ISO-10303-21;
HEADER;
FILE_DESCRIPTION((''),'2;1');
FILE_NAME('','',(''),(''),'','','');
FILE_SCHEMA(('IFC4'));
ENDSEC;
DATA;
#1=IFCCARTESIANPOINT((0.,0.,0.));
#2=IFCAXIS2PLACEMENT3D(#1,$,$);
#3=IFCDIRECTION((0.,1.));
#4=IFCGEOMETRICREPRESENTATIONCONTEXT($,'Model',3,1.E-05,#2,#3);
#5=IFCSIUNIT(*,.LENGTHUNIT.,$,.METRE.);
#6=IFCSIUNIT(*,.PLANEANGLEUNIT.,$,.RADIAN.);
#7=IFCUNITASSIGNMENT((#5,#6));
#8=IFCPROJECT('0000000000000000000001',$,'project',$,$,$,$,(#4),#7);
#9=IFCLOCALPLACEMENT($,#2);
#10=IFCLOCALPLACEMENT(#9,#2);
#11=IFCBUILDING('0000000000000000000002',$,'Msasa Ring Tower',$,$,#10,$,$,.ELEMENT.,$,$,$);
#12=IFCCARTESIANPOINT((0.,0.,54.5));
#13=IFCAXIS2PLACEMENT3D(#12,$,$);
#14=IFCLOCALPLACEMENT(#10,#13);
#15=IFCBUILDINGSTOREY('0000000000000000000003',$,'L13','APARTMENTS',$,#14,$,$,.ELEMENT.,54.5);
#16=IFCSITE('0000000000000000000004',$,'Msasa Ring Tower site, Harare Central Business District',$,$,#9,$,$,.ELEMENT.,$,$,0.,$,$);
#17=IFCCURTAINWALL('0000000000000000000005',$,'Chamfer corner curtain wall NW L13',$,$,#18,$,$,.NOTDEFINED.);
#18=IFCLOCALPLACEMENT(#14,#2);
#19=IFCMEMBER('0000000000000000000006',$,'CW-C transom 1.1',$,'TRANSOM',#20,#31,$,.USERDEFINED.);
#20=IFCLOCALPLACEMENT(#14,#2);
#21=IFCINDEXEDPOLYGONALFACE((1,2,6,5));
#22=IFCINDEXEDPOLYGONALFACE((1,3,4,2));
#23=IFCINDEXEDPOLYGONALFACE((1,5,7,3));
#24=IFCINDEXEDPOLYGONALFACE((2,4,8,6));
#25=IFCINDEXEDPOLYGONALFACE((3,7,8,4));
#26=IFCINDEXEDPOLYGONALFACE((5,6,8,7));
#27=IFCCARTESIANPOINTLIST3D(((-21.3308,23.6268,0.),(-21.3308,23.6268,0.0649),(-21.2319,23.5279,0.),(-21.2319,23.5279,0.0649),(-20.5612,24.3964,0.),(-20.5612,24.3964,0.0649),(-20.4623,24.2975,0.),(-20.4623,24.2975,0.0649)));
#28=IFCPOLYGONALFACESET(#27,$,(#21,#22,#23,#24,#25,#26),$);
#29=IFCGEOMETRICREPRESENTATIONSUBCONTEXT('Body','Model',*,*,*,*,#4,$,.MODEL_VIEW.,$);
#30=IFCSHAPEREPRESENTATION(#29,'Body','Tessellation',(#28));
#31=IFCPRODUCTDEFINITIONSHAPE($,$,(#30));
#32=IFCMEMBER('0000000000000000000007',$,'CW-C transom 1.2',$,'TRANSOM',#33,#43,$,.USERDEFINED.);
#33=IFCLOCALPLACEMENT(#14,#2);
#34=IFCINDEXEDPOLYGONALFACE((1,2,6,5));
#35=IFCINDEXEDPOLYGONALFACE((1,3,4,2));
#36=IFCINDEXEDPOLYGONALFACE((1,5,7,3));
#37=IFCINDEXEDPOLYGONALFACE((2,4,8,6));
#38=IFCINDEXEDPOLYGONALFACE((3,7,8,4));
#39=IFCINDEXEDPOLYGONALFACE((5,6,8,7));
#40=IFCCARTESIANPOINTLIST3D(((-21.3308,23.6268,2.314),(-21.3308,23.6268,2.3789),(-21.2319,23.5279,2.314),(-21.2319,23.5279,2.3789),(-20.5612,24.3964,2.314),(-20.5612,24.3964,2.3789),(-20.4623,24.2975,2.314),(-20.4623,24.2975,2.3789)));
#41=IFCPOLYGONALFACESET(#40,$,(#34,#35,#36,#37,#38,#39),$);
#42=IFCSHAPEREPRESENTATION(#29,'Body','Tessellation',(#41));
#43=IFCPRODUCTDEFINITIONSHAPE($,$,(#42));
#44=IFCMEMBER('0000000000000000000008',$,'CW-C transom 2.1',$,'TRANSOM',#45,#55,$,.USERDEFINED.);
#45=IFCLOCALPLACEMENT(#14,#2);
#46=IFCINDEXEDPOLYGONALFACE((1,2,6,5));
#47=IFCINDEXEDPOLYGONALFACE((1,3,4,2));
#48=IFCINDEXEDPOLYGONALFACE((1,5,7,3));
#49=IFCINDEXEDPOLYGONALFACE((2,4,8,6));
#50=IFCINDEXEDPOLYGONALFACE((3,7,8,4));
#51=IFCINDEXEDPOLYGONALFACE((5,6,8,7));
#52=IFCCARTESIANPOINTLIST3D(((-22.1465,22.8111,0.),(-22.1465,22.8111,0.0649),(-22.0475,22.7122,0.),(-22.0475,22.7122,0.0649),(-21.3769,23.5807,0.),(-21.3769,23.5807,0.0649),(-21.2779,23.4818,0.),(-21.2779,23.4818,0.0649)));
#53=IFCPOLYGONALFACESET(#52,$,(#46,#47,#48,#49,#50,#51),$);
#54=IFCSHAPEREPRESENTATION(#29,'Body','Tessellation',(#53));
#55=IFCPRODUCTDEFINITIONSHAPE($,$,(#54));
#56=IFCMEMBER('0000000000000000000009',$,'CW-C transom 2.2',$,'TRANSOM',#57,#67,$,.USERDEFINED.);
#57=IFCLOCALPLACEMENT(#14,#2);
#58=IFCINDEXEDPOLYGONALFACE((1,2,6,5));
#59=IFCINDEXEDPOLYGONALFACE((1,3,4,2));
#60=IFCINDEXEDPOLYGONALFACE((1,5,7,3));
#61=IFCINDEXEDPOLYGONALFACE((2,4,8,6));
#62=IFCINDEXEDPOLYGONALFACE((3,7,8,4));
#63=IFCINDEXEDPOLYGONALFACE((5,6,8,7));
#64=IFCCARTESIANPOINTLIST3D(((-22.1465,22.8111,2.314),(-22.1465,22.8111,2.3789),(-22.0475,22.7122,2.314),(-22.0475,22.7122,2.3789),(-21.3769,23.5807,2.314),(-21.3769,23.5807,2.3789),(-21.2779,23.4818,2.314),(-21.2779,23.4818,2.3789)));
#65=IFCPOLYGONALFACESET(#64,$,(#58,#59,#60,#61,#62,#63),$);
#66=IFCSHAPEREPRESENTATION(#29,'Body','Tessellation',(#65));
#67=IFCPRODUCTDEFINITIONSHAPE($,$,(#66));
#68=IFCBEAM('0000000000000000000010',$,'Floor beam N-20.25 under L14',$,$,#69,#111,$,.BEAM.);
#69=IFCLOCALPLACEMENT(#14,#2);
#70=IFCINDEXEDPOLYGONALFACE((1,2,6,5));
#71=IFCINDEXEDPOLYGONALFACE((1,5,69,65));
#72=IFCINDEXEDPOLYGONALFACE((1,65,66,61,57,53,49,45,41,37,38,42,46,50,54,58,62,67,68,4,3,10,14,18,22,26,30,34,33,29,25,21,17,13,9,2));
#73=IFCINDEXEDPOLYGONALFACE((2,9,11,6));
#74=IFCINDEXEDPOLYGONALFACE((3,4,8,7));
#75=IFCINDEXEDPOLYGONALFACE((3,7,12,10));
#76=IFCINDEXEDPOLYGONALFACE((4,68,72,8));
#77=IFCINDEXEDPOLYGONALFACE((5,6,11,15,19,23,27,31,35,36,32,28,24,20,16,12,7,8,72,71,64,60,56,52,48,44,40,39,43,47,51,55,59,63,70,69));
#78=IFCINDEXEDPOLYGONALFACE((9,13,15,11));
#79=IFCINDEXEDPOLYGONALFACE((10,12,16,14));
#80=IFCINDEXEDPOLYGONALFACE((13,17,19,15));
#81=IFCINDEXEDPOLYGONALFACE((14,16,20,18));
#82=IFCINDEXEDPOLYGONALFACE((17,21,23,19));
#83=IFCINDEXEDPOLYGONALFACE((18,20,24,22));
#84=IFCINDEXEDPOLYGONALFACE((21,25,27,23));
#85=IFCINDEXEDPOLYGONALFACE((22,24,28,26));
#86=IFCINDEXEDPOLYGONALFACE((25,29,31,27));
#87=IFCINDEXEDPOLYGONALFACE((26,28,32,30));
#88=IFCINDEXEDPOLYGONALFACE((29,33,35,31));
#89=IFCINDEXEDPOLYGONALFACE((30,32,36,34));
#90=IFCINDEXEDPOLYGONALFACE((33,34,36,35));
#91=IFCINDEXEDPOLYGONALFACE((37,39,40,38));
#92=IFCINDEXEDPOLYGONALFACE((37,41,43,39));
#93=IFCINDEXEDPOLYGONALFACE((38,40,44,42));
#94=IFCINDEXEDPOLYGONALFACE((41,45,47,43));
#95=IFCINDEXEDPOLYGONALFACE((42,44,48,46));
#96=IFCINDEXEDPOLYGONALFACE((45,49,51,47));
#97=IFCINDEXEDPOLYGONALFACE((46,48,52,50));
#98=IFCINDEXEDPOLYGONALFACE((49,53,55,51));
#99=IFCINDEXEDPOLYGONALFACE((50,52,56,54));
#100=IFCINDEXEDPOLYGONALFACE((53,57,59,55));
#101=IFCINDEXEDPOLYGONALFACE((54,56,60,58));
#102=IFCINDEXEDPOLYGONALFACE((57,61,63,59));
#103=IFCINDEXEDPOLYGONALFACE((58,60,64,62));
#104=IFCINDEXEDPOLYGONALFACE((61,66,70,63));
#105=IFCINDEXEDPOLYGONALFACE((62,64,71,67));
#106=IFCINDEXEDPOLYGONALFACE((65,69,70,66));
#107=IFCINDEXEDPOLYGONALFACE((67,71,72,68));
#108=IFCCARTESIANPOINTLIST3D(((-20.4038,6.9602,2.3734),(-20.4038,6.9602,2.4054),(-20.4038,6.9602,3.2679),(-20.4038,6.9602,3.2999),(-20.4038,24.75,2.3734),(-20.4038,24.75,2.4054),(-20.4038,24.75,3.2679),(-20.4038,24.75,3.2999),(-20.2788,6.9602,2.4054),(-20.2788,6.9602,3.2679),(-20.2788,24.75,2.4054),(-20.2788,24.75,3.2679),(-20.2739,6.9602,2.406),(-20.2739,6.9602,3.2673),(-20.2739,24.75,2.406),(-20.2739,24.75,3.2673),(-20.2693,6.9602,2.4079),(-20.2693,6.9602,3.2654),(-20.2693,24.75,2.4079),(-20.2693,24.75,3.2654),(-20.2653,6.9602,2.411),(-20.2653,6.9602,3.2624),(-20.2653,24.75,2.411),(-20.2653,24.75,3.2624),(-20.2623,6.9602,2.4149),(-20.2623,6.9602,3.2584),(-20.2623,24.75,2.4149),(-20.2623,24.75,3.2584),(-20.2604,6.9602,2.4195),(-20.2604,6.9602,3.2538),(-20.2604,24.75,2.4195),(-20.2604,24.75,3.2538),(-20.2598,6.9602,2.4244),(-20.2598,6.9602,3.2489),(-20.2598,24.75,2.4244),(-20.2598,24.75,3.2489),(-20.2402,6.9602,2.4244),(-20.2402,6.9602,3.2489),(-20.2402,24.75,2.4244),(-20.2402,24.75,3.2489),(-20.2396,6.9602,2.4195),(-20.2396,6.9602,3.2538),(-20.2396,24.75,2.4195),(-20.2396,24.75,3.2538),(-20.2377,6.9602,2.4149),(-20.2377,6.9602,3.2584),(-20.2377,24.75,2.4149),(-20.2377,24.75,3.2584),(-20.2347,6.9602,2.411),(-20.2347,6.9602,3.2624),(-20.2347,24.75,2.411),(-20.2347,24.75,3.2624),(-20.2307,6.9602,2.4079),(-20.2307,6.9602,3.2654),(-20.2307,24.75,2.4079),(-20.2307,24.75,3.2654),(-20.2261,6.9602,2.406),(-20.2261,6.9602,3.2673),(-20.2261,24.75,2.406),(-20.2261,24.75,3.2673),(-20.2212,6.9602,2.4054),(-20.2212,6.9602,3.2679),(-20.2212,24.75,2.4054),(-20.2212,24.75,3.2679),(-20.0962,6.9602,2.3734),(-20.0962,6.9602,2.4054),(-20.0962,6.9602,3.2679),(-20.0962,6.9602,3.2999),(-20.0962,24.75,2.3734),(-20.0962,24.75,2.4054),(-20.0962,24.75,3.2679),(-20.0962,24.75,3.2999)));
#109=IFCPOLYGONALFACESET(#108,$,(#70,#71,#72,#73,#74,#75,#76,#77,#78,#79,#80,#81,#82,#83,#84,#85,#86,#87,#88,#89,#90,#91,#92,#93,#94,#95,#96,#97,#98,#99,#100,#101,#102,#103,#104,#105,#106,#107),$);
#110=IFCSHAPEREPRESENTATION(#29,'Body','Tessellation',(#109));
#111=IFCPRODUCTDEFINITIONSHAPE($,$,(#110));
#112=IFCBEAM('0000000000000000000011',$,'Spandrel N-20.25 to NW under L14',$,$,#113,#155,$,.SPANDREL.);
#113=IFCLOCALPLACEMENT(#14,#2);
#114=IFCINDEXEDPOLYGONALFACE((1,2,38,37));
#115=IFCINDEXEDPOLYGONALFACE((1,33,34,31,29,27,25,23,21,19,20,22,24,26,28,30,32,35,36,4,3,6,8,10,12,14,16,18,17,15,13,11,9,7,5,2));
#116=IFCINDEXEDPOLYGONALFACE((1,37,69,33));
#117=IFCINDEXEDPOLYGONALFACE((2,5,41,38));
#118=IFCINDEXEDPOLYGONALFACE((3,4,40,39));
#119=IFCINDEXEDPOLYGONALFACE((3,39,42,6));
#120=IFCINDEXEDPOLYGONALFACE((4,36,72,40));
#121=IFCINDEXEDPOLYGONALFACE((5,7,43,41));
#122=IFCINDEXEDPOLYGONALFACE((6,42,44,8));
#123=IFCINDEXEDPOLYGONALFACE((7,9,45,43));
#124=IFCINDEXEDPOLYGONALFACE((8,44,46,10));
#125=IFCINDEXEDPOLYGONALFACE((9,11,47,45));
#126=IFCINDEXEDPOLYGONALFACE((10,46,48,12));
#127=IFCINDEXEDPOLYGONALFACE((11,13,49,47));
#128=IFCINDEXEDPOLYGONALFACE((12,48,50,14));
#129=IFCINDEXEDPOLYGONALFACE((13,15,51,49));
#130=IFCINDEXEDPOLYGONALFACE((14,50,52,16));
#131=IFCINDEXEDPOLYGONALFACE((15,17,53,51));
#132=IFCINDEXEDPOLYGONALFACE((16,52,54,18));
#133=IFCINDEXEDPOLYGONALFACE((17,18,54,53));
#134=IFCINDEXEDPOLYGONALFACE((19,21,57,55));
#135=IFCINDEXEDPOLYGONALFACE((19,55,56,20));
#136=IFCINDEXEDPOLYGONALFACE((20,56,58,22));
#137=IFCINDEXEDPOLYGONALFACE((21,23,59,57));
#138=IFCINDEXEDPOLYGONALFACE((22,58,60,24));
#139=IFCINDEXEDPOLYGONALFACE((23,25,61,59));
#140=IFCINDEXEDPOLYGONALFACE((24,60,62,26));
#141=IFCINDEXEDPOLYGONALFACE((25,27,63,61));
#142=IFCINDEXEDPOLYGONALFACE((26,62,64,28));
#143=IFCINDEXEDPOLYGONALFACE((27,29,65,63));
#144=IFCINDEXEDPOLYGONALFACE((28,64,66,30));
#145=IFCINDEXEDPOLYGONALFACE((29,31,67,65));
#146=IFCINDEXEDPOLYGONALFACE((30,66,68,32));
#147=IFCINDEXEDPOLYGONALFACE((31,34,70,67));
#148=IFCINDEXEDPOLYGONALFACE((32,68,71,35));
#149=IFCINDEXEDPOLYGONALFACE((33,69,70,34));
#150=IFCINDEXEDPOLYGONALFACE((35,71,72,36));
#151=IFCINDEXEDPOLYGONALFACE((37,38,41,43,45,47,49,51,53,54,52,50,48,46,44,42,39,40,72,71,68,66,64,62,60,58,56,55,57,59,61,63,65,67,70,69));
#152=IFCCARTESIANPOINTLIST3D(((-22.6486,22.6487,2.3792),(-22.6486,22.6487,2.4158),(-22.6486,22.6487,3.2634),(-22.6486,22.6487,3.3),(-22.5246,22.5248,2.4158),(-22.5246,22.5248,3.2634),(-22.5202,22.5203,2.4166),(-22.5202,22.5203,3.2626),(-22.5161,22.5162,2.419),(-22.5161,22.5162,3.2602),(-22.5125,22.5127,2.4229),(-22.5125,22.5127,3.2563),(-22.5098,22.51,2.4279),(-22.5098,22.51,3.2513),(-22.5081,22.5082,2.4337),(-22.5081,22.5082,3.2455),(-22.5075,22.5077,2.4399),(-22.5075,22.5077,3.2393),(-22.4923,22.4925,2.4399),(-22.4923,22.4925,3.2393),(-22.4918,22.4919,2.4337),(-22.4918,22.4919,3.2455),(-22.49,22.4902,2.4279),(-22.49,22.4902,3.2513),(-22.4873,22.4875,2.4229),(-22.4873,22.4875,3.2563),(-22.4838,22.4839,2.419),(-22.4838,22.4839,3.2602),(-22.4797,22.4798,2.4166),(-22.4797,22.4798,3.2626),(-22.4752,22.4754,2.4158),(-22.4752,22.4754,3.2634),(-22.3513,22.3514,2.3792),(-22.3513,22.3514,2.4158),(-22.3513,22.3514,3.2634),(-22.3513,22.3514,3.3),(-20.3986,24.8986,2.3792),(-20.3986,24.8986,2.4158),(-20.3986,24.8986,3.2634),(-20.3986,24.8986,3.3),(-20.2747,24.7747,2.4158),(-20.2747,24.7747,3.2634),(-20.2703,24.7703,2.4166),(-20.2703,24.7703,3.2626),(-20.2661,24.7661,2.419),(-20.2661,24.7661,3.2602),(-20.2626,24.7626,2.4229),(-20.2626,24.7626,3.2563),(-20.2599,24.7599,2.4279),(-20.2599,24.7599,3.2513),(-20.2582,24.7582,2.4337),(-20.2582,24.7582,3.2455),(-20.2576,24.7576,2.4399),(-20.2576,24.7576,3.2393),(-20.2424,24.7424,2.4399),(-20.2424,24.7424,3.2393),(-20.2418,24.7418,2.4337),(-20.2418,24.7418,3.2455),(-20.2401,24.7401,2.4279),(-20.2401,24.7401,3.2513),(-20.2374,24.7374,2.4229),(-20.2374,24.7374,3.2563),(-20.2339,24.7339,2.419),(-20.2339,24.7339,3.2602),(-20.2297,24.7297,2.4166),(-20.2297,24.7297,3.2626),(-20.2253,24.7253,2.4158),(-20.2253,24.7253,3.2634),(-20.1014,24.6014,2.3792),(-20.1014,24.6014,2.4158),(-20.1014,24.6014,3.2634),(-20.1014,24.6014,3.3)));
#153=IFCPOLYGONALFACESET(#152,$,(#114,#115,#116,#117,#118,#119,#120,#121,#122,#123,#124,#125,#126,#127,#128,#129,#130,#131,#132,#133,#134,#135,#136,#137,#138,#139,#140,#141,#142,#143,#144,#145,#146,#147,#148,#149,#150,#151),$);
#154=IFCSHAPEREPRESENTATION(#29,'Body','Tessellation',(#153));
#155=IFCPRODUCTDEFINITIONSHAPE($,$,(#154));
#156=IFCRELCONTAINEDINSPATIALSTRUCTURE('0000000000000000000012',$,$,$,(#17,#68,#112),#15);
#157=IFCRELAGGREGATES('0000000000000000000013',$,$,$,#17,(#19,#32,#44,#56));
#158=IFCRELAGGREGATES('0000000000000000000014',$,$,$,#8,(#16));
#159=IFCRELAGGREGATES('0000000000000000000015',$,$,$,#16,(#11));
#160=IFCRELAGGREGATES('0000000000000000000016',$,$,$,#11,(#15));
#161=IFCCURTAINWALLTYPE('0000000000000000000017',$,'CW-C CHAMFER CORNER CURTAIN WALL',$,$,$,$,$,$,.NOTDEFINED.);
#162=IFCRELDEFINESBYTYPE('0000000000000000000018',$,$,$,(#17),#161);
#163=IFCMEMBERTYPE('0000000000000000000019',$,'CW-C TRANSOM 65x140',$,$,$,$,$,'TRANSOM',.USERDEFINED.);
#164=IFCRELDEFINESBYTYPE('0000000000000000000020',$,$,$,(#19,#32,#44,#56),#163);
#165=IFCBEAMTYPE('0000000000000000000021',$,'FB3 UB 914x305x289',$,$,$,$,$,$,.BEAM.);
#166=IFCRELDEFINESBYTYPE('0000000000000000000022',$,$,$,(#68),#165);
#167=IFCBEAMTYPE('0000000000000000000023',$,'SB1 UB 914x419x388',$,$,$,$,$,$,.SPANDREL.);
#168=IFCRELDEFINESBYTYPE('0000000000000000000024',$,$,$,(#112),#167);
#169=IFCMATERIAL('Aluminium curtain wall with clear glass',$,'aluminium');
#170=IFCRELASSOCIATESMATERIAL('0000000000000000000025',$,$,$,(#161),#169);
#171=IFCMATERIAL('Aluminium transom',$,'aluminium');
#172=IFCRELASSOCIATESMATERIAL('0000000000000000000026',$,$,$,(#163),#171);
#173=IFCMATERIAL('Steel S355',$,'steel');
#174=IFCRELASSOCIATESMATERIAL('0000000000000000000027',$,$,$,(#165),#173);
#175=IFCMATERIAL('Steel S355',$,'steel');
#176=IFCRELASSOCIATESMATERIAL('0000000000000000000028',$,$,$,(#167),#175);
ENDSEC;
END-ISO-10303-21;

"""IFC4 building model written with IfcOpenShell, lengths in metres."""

from ifc_helpers import new_model, si_unit, direction, frame, origin, origin_2d, place, context, subcontext, project, spatial, rectangle, i_section, extrude, material, material_profile, profile_set, type_object, element, aggregate, save


model = new_model("IFC4")

# Units and contexts
model_context = context("Model", 3, precision=1e-05, world=origin(), true_north=direction((0.0, 1.0)))
body_context = subcontext(model_context, "Body", "Model", "MODEL_VIEW")
ifc_project = project(units=[si_unit("LENGTHUNIT", "METRE"), si_unit("PLANEANGLEUNIT", "RADIAN")], contexts=[model_context])

# Site, building, storey
site_placement = place(None, origin())
site = spatial("IfcSite", under=ifc_project, at=site_placement, Name="Msasa Ring Tower site, Harare Central Business District", CompositionType="ELEMENT", RefElevation=0.0)
building_placement = place(site_placement, origin())
building = spatial("IfcBuilding", under=site, at=building_placement, Name="Msasa Ring Tower", CompositionType="ELEMENT")
storey_placement = place(building_placement, frame((0.0, 0.0, 54.5)))
storey = spatial("IfcBuildingStorey", under=building, at=storey_placement, Name="L13", Description="APARTMENTS", CompositionType="ELEMENT", Elevation=54.5)

# Curtain wall
ifc_material_1 = material(Name="Aluminium curtain wall with clear glass", Category="aluminium")
curtain_wall_type = type_object("IfcCurtainWallType", Name="CW-C CHAMFER CORNER CURTAIN WALL", PredefinedType="NOTDEFINED", material=ifc_material_1)
curtain_wall_1_placement = place(storey_placement, origin())
curtain_wall_1 = element("IfcCurtainWall", 1, at=curtain_wall_1_placement, inside=storey, type_object=curtain_wall_type, Name="Chamfer corner curtain wall NW L13", PredefinedType="NOTDEFINED")

# Members
ifc_material_2 = material(Name="Aluminium transom", Category="aluminium")
ifc_material_profile_1 = material_profile(ifc_material_2, rectangle(XDim=0.1399, YDim=0.0649, at=origin_2d()), Name="AL 65x140")
ifc_profile_set_1 = profile_set([ifc_material_profile_1], Name="Aluminium transom")
member_type_1 = type_object("IfcMemberType", Name="CW-C TRANSOM 65x140", ElementType="TRANSOM", PredefinedType="USERDEFINED", material=ifc_profile_set_1)
member_1_placement = place(storey_placement, frame((-20.5117, 24.3469, 0.0325), z_axis=(-0.707107, -0.707107, 0.0), x_axis=(0.707107, -0.707107, 0.0)))
member_1 = element("IfcMember", 2, at=member_1_placement, type_object=member_type_1, Name="CW-C transom 1.1", ObjectType="TRANSOM", PredefinedType="USERDEFINED", context=body_context, shape_type="SweptSolid", body=[
    extrude(rectangle(XDim=0.1399, YDim=0.0649, at=origin_2d()), origin(), (0.0, 0.0, 1.0), 1.0884),
])
member_2_placement = place(storey_placement, frame((-20.5117, 24.3469, 2.3464), z_axis=(-0.707107, -0.707107, 0.0), x_axis=(0.707107, -0.707107, 0.0)))
member_2 = element("IfcMember", 3, at=member_2_placement, type_object=member_type_1, Name="CW-C transom 1.2", ObjectType="TRANSOM", PredefinedType="USERDEFINED", context=body_context, shape_type="SweptSolid", body=[
    extrude(rectangle(XDim=0.1399, YDim=0.0649, at=origin_2d()), origin(), (0.0, 0.0, 1.0), 1.0884),
])
member_3_placement = place(storey_placement, frame((-21.3274, 23.5312, 0.0325), z_axis=(-0.707107, -0.707107, 0.0), x_axis=(0.707107, -0.707107, 0.0)))
member_3 = element("IfcMember", 4, at=member_3_placement, type_object=member_type_1, Name="CW-C transom 2.1", ObjectType="TRANSOM", PredefinedType="USERDEFINED", context=body_context, shape_type="SweptSolid", body=[
    extrude(rectangle(XDim=0.1399, YDim=0.0649, at=origin_2d()), origin(), (0.0, 0.0, 1.0), 1.0884),
])
member_4_placement = place(storey_placement, frame((-21.3274, 23.5312, 2.3464), z_axis=(-0.707107, -0.707107, 0.0), x_axis=(0.707107, -0.707107, 0.0)))
member_4 = element("IfcMember", 5, at=member_4_placement, type_object=member_type_1, Name="CW-C transom 2.2", ObjectType="TRANSOM", PredefinedType="USERDEFINED", context=body_context, shape_type="SweptSolid", body=[
    extrude(rectangle(XDim=0.1399, YDim=0.0649, at=origin_2d()), origin(), (0.0, 0.0, 1.0), 1.0884),
])

# Beams
ifc_material_3 = material(Name="Steel S355", Category="steel")
ifc_material_profile_2 = material_profile(ifc_material_3, i_section(OverallWidth=0.3076, OverallDepth=0.9265, WebThickness=0.0195, FlangeThickness=0.032, FilletRadius=0.019, at=origin_2d()), Name="UB 914x305x289")
ifc_profile_set_2 = profile_set([ifc_material_profile_2], Name="Steel S355")
beam_type_1 = type_object("IfcBeamType", Name="FB3 UB 914x305x289", PredefinedType="BEAM", material=ifc_profile_set_2)
beam_placement = place(storey_placement, frame((-20.25, 24.75, 2.8367), z_axis=(0.0, -1.0, 0.0), x_axis=(1.0, 0.0, 0.0)))
element("IfcBeam", 6, at=beam_placement, inside=storey, type_object=beam_type_1, Name="Floor beam N-20.25 under L14", PredefinedType="BEAM", context=body_context, shape_type="SweptSolid", body=[
    extrude(i_section(OverallWidth=0.3076, OverallDepth=0.9265, WebThickness=0.0195, FlangeThickness=0.032, FilletRadius=0.019, at=origin_2d()), origin(), (0.0, 0.0, 1.0), 17.7898),
])
ifc_material_4 = material(Name="Steel S355", Category="steel")
ifc_material_profile_3 = material_profile(ifc_material_4, i_section(OverallWidth=0.4204, OverallDepth=0.9209, WebThickness=0.0215, FlangeThickness=0.0366, FilletRadius=0.0242, at=origin_2d()), Name="UB 914x419x388")
ifc_profile_set_3 = profile_set([ifc_material_profile_3], Name="Steel S355")
beam_type_2 = type_object("IfcBeamType", Name="SB1 UB 914x419x388", PredefinedType="SPANDREL", material=ifc_profile_set_3)
for number, where, z_axis, x_axis, name in (
    (7, (-20.25, 24.75, 2.8396), (-0.707107, -0.707107, 0.0), (0.707107, -0.707107, 0.0), "Spandrel N-20.25 to NW under L14"),
):
    element("IfcBeam", number, at=place(storey_placement, frame(where, z_axis=z_axis, x_axis=x_axis)), inside=storey, type_object=beam_type_2, Name=name, PredefinedType="SPANDREL", context=body_context, shape_type="SweptSolid", body=[
        extrude(i_section(OverallWidth=0.4204, OverallDepth=0.9209, WebThickness=0.0215, FlangeThickness=0.0366, FilletRadius=0.0242, at=origin_2d()), origin(), (0.0, 0.0, 1.0), 3.1819),
    ])

aggregate(curtain_wall_1, [member_1, member_2, member_3, member_4])

save(model, "model.ifc")
